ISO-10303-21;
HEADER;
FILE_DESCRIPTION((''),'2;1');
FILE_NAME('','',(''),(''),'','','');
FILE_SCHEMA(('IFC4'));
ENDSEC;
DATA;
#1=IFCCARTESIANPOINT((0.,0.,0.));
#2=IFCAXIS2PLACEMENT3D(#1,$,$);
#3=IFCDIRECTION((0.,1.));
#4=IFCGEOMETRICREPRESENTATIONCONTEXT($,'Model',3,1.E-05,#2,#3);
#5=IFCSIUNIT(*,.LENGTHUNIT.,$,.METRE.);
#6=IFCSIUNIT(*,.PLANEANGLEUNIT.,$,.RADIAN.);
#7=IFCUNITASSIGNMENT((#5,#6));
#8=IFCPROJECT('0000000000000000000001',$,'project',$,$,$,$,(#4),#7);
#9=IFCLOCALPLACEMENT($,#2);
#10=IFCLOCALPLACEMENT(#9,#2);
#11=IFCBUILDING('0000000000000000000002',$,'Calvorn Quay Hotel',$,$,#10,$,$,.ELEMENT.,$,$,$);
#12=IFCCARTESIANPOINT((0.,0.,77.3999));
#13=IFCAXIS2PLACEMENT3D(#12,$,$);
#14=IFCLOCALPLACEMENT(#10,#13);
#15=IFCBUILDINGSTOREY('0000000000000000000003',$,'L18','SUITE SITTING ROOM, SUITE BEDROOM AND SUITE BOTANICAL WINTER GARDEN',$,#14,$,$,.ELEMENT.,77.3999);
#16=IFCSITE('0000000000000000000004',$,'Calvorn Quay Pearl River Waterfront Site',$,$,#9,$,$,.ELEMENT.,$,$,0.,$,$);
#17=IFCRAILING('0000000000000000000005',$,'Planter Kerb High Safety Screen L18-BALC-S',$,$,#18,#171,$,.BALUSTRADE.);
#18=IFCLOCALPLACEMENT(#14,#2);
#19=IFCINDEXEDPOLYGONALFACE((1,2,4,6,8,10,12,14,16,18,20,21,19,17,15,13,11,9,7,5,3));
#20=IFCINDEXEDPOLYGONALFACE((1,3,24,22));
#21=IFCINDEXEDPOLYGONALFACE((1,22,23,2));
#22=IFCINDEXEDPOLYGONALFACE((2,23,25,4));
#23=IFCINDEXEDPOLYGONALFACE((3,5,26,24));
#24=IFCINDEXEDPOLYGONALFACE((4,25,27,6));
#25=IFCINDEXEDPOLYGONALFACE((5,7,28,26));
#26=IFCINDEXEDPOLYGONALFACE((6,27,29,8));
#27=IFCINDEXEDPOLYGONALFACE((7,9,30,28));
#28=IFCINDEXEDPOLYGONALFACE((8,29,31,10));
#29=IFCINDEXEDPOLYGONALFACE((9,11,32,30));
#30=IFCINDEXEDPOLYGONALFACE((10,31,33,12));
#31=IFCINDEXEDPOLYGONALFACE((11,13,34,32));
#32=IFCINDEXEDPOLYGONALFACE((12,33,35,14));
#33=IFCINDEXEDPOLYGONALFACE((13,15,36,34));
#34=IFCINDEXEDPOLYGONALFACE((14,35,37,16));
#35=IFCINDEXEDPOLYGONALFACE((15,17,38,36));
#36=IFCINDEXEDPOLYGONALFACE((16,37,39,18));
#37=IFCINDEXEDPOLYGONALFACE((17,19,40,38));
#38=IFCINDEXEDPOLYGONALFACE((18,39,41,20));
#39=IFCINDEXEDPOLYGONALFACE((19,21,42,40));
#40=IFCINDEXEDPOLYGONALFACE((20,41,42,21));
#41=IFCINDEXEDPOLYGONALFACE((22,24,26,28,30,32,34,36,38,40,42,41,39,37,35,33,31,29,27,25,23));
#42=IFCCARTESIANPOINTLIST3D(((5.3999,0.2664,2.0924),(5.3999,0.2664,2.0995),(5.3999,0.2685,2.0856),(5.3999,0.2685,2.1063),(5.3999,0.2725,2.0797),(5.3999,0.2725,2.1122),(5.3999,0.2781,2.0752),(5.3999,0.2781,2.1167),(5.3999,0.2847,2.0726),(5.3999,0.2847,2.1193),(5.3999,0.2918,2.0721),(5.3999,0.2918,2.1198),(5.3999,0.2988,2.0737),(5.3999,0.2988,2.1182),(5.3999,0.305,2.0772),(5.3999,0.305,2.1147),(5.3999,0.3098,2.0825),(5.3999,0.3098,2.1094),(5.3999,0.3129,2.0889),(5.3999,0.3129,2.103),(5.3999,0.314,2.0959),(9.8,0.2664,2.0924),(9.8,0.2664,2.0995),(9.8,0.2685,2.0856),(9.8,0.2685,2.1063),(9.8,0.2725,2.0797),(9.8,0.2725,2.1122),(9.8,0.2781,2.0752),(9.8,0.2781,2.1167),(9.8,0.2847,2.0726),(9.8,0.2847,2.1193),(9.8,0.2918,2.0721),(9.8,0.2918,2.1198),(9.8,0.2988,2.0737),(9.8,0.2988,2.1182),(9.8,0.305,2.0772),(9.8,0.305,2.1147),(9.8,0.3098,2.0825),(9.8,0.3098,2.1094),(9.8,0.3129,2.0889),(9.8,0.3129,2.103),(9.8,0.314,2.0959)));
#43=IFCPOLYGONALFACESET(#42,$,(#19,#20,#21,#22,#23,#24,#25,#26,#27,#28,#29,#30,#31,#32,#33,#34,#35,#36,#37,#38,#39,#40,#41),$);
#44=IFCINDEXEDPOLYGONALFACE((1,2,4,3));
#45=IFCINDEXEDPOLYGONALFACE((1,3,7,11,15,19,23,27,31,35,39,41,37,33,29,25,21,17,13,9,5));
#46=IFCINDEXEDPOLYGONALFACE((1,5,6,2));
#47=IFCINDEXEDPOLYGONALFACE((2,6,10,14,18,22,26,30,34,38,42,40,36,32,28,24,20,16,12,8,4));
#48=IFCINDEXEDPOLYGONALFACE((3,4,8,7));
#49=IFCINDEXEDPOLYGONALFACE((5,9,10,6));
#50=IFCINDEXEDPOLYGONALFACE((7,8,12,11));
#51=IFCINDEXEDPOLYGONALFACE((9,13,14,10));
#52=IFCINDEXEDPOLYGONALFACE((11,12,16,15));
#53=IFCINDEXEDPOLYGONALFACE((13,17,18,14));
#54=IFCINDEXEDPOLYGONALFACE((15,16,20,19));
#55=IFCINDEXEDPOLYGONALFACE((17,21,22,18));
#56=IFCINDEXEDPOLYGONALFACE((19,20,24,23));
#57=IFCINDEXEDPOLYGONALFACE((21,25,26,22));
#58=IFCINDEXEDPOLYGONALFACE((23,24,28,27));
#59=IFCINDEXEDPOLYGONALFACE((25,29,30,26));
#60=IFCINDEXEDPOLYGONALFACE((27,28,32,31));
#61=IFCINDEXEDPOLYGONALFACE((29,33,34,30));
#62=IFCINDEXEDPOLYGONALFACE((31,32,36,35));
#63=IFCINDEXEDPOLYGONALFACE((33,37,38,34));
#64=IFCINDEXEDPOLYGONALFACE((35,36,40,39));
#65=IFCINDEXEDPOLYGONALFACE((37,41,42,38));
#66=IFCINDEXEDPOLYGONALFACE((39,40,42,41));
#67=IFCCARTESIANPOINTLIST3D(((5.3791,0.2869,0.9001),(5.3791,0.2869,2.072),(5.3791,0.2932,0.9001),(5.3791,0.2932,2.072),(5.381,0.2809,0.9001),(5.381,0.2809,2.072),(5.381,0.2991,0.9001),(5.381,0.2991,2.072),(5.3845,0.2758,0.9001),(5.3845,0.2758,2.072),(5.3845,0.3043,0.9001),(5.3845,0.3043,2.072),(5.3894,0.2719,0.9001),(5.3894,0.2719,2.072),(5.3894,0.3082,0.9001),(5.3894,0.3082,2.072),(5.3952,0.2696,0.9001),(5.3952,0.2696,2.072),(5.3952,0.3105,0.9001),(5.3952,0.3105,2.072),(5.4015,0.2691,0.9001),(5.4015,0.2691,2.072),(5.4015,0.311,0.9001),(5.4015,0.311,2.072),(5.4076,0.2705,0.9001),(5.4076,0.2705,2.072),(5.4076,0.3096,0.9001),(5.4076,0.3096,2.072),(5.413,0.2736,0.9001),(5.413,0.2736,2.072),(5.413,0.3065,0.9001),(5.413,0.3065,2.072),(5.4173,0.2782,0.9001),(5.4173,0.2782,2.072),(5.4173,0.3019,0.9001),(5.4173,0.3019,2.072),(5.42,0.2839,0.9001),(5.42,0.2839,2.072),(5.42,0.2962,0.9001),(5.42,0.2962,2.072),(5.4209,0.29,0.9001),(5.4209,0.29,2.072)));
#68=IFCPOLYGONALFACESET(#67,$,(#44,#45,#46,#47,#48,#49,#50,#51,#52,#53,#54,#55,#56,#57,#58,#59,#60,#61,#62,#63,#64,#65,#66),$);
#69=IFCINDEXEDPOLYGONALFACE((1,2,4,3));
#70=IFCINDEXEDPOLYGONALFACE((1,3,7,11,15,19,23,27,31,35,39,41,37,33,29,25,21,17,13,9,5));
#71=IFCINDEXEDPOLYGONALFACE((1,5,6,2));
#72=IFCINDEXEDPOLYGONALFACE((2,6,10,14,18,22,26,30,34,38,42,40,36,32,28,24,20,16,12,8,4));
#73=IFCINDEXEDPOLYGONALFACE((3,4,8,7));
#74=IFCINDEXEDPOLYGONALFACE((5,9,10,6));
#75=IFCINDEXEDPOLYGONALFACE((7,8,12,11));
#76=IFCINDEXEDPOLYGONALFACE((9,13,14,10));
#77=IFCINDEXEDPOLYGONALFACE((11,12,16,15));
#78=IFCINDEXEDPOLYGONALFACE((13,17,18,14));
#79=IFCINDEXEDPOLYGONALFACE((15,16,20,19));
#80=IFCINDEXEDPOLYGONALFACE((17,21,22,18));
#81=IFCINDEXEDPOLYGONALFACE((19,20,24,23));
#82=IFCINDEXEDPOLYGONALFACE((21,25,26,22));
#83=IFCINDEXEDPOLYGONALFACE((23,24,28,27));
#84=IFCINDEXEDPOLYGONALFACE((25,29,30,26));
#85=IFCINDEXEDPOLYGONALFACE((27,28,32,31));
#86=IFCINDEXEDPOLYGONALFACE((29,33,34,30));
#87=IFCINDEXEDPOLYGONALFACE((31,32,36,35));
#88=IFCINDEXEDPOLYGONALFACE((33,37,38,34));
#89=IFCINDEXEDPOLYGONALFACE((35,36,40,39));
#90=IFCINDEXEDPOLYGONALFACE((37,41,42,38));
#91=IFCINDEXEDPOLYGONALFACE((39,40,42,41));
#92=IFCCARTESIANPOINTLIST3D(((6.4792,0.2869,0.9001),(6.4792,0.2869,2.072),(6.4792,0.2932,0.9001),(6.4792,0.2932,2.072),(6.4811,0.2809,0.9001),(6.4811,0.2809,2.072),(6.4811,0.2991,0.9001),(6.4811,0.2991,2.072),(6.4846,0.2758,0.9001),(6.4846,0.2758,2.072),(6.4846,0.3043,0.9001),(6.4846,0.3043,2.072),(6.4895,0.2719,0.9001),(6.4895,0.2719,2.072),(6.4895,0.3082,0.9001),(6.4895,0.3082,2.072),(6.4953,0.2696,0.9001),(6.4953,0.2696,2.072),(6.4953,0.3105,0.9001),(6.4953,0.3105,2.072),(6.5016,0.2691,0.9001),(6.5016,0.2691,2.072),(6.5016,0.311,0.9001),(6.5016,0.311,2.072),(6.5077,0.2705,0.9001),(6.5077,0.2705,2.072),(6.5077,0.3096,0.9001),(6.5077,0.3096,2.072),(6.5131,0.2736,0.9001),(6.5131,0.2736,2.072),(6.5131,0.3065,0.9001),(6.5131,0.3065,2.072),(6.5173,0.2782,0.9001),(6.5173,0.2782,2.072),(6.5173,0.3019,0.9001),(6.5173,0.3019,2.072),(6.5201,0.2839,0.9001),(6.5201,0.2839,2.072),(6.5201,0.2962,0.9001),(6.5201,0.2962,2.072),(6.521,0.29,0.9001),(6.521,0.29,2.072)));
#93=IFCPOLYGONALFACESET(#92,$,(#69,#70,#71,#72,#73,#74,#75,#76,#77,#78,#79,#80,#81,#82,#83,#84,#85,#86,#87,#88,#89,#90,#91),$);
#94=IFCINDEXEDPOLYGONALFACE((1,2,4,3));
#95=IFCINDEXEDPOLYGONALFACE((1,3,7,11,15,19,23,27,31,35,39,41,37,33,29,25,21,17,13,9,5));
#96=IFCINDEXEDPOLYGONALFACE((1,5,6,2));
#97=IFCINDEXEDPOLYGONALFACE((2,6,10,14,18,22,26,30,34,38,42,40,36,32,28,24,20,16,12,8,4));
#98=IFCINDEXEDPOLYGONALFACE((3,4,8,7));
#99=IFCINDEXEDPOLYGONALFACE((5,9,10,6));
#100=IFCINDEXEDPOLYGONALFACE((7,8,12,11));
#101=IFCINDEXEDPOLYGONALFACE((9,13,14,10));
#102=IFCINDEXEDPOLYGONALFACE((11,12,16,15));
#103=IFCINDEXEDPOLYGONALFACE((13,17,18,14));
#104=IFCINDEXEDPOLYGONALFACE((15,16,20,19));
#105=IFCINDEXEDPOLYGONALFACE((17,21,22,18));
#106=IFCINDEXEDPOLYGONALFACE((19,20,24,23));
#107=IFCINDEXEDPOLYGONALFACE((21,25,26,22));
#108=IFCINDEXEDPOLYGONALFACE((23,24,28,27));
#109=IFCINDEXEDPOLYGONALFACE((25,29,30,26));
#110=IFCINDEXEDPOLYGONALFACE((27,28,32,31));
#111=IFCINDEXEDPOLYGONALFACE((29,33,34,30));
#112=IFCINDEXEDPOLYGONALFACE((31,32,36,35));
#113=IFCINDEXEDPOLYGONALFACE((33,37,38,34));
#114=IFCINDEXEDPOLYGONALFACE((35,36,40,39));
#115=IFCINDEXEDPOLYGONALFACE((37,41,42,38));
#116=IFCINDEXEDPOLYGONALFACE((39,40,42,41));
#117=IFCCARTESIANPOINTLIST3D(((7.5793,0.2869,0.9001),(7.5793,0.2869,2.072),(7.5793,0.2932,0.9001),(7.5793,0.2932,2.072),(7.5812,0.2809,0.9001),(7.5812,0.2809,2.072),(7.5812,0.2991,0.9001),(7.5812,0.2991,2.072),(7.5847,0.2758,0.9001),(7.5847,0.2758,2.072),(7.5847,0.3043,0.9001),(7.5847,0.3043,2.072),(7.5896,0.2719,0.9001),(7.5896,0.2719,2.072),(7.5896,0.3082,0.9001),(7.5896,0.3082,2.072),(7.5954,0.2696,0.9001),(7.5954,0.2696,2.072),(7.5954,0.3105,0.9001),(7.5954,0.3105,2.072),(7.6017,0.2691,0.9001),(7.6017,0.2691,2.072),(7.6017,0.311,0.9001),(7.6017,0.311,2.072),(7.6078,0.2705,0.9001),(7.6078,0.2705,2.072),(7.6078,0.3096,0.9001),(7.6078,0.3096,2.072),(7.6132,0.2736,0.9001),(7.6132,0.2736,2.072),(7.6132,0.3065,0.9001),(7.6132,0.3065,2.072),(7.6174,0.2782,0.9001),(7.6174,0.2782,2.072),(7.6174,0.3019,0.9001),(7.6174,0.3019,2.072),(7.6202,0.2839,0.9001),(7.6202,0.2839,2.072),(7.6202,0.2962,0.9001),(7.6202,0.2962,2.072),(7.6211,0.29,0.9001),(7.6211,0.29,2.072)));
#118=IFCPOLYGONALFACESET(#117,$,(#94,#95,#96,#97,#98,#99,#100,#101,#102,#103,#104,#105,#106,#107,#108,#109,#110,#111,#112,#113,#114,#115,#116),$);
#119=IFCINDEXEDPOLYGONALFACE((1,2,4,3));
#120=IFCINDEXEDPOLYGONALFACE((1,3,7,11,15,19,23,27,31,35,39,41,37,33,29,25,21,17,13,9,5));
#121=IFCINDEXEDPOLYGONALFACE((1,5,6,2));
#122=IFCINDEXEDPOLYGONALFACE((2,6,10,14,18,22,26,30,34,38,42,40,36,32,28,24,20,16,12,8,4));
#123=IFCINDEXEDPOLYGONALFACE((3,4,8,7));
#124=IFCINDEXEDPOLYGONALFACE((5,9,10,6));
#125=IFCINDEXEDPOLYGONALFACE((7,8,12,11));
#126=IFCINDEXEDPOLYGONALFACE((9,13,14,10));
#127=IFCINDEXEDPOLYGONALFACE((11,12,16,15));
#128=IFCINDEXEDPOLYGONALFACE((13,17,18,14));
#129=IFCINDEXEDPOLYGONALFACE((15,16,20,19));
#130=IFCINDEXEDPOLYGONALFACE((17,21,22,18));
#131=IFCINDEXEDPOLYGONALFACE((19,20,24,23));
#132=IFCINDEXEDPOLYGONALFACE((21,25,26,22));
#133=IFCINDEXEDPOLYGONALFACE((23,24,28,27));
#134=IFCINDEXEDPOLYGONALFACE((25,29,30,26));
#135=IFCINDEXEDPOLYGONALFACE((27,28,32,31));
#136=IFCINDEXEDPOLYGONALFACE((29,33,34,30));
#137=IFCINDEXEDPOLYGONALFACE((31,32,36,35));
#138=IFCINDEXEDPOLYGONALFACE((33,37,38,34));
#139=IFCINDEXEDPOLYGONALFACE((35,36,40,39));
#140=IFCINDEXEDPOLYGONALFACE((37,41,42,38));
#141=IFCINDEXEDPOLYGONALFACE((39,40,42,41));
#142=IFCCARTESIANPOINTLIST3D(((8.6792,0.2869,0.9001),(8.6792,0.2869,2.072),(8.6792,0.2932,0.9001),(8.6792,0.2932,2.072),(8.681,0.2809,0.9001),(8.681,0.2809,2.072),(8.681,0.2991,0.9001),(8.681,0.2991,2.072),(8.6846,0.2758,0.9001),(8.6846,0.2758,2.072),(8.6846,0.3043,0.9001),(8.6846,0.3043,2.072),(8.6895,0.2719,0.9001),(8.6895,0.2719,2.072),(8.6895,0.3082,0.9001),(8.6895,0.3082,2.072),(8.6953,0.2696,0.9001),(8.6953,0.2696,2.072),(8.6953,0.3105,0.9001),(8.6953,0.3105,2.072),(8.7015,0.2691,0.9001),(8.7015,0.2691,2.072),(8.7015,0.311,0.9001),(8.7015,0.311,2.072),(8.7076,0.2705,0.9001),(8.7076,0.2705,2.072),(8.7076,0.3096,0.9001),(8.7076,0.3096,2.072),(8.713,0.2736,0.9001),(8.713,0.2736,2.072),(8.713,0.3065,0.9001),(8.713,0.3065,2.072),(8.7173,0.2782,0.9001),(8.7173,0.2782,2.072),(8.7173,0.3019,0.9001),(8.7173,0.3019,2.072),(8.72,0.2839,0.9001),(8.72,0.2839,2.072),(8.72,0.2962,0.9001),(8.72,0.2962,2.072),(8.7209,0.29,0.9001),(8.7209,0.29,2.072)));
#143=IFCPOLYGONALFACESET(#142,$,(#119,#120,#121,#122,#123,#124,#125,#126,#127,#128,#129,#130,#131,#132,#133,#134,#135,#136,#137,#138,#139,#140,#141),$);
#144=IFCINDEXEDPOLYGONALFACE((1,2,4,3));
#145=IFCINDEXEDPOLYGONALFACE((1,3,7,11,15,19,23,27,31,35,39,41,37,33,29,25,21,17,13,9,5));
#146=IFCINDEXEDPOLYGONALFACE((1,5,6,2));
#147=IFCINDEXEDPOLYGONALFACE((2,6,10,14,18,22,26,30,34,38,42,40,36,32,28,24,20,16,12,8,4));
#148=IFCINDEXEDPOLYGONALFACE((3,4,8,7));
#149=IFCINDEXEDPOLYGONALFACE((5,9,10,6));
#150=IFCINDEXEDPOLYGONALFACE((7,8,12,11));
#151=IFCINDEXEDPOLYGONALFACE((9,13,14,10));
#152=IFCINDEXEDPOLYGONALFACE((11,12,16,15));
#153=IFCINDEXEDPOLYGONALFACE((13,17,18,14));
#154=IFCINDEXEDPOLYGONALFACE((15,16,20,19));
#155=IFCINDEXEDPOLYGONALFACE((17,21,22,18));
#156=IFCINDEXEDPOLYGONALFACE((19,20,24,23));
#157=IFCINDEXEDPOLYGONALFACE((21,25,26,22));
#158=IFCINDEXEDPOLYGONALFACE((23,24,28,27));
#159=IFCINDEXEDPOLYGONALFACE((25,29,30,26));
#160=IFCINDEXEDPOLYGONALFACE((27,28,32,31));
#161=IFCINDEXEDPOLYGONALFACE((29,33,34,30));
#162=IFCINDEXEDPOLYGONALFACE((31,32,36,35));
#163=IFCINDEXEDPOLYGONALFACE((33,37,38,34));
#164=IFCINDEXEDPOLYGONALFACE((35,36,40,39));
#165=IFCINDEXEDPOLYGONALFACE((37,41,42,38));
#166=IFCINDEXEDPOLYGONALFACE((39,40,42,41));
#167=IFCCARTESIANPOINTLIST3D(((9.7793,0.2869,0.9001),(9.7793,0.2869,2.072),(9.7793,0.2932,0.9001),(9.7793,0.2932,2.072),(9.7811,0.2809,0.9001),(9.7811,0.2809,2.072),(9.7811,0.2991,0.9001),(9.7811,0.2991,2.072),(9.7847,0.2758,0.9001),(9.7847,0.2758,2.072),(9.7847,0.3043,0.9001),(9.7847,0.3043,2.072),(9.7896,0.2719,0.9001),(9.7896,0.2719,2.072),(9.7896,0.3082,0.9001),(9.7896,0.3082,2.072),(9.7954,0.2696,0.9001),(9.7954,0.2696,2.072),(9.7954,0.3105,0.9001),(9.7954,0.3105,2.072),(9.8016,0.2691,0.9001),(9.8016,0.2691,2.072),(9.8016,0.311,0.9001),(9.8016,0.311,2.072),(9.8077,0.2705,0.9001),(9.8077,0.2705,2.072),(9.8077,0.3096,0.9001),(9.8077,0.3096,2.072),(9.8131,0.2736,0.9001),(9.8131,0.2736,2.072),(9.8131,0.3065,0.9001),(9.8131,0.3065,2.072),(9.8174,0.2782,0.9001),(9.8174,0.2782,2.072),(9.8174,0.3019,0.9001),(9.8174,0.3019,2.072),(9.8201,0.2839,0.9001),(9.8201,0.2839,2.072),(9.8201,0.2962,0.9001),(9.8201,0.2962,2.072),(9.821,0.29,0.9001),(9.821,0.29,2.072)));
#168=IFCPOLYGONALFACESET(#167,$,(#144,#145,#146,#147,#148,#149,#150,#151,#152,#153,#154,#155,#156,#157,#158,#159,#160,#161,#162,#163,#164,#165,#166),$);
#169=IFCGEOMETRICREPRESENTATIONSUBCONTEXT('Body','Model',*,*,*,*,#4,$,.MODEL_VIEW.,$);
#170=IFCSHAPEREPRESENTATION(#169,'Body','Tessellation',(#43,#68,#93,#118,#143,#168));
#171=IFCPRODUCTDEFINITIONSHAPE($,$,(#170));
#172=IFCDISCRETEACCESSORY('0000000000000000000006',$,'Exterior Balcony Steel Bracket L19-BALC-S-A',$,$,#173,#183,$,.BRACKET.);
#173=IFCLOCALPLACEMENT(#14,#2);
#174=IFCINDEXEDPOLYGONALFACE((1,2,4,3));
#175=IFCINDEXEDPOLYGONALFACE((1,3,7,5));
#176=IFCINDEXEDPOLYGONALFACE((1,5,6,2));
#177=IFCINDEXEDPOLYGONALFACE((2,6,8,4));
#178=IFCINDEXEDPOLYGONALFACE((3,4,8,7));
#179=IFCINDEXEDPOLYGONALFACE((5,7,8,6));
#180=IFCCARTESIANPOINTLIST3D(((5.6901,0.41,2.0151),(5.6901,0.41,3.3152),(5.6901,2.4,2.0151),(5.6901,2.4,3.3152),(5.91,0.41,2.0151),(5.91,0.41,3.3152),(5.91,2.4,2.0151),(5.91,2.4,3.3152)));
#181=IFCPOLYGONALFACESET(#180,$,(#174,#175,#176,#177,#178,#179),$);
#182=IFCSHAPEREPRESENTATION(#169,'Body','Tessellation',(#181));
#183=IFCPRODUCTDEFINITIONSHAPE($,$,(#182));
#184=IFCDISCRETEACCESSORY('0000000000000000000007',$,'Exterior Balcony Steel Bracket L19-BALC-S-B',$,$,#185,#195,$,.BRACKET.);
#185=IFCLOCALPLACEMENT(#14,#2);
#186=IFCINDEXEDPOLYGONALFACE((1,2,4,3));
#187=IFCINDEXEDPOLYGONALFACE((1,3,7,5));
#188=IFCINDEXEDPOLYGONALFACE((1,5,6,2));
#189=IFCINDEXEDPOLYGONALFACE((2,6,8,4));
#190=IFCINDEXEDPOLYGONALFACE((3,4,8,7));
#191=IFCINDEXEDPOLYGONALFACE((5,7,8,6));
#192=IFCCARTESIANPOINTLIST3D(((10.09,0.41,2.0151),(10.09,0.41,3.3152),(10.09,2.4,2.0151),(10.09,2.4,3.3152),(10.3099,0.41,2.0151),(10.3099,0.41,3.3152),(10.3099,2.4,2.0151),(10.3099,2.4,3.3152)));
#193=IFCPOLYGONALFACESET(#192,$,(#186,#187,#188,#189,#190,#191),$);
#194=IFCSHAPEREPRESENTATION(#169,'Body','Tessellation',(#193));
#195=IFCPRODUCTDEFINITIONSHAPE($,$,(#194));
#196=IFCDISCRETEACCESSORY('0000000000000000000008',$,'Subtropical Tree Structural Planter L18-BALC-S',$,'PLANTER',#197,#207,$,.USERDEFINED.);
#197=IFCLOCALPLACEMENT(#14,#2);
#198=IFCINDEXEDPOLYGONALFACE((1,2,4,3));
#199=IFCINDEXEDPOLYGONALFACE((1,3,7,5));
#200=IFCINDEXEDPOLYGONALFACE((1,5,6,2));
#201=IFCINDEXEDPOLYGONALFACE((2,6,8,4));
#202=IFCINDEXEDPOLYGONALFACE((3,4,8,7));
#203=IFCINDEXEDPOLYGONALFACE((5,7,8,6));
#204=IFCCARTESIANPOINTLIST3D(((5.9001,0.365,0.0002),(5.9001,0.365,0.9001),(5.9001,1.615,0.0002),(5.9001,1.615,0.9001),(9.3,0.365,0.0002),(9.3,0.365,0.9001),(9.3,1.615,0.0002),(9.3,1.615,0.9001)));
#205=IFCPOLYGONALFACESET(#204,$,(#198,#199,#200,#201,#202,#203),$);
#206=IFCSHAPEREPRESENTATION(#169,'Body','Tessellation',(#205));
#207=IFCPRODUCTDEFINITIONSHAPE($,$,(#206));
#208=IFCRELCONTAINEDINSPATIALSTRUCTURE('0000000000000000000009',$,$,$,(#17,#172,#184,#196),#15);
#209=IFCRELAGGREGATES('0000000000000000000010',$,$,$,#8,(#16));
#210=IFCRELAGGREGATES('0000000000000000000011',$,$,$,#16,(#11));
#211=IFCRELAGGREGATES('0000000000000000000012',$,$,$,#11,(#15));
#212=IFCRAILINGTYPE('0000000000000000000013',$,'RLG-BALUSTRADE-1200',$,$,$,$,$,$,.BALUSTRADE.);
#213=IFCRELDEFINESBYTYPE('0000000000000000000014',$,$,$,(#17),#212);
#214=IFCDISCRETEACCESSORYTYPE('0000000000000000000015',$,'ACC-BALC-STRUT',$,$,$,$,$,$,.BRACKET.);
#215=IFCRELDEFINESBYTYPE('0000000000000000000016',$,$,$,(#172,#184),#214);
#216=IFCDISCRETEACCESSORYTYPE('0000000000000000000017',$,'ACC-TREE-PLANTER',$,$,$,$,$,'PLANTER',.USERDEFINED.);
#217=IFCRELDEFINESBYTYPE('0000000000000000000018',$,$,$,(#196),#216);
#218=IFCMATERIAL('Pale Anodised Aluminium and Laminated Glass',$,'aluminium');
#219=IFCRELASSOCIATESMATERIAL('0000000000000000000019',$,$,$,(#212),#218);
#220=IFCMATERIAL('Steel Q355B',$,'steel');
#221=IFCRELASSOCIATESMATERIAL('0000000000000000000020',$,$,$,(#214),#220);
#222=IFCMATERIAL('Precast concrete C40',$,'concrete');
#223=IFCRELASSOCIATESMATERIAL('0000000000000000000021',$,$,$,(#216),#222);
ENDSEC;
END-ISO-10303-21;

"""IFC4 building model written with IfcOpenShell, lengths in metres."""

from ifc_helpers import new_model, si_unit, direction, frame, origin, origin_2d, place, context, subcontext, project, spatial, rectangle, circle, extrude, material, type_object, element, save


model = new_model("IFC4")

# Units and contexts
model_context = context("Model", 3, precision=1e-05, world=origin(), true_north=direction((0.0, 1.0)))
body_context = subcontext(model_context, "Body", "Model", "MODEL_VIEW")
ifc_project = project(units=[si_unit("LENGTHUNIT", "METRE"), si_unit("PLANEANGLEUNIT", "RADIAN")], contexts=[model_context])

# Site, building, storey
site_placement = place(None, origin())
site = spatial("IfcSite", under=ifc_project, at=site_placement, Name="Calvorn Quay Pearl River Waterfront Site", CompositionType="ELEMENT", RefElevation=0.0)
building_placement = place(site_placement, origin())
building = spatial("IfcBuilding", under=site, at=building_placement, Name="Calvorn Quay Hotel", CompositionType="ELEMENT")
storey_placement = place(building_placement, frame((0.0, 0.0, 77.3999)))
storey = spatial("IfcBuildingStorey", under=building, at=storey_placement, Name="L18", Description="SUITE SITTING ROOM, SUITE BEDROOM AND SUITE BOTANICAL WINTER GARDEN", CompositionType="ELEMENT", Elevation=77.3999)

# Railing
ifc_material_1 = material(Name="Pale Anodised Aluminium and Laminated Glass", Category="aluminium")
railing_type = type_object("IfcRailingType", Name="RLG-BALUSTRADE-1200", PredefinedType="BALUSTRADE", material=ifc_material_1)
railing_1_placement = place(storey_placement, frame((5.3999, 0.29, 0.9001)))
element("IfcRailing", 1, at=railing_1_placement, inside=storey, type_object=railing_type, Name="Planter Kerb High Safety Screen L18-BALC-S", PredefinedType="BALUSTRADE", context=body_context, shape_type="SweptSolid", body=[
    extrude(circle(Radius=0.0239, at=origin_2d()), frame((0.0, 0.0, 1.1958), z_axis=(1.0, 0.0, 0.0), x_axis=(0.0, 1.0, 0.0)), (0.0, 0.0, 1.0), 4.4001),
    extrude(circle(Radius=0.021, at=origin_2d()), origin(), (0.0, 0.0, 1.0), 1.1719),
    extrude(circle(Radius=0.021, at=origin_2d()), frame((1.1001, 0.0, 0.0)), (0.0, 0.0, 1.0), 1.1719),
    extrude(circle(Radius=0.021, at=origin_2d()), frame((2.2002, 0.0, 0.0)), (0.0, 0.0, 1.0), 1.1719),
    extrude(circle(Radius=0.021, at=origin_2d()), frame((3.3, 0.0, 0.0)), (0.0, 0.0, 1.0), 1.1719),
    extrude(circle(Radius=0.021, at=origin_2d()), frame((4.4001, 0.0, 0.0)), (0.0, 0.0, 1.0), 1.1719),
])

# Discrete accessories
ifc_material_2 = material(Name="Steel Q355B", Category="steel")
discrete_accessory_type_1 = type_object("IfcDiscreteAccessoryType", Name="ACC-BALC-STRUT", PredefinedType="BRACKET", material=ifc_material_2)
for number, where, z_axis, x_axis, name in (
    (2, (5.8, 1.405, 2.0151), (0.0, 0.0, 1.0), (1.0, 0.0, 0.0), "Exterior Balcony Steel Bracket L19-BALC-S-A"),
    (3, (10.2, 1.405, 2.0151), (0.0, 0.0, 1.0), (1.0, 0.0, 0.0), "Exterior Balcony Steel Bracket L19-BALC-S-B"),
):
    element("IfcDiscreteAccessory", number, at=place(storey_placement, frame(where, z_axis=z_axis, x_axis=x_axis)), inside=storey, type_object=discrete_accessory_type_1, Name=name, PredefinedType="BRACKET", context=body_context, shape_type="SweptSolid", body=[
        extrude(rectangle(XDim=0.22, YDim=1.99, at=origin_2d()), origin(), (0.0, 0.0, 1.0), 1.3),
    ])
ifc_material_3 = material(Name="Precast concrete C40", Category="concrete")
discrete_accessory_type_2 = type_object("IfcDiscreteAccessoryType", Name="ACC-TREE-PLANTER", ElementType="PLANTER", PredefinedType="USERDEFINED", material=ifc_material_3)
discrete_accessory_placement = place(storey_placement, frame((7.6001, 0.99, 0.0002), z_axis=(0.0, 0.0, 1.0), x_axis=(1.0, 0.0, 0.0)))
element("IfcDiscreteAccessory", 4, at=discrete_accessory_placement, inside=storey, type_object=discrete_accessory_type_2, Name="Subtropical Tree Structural Planter L18-BALC-S", ObjectType="PLANTER", PredefinedType="USERDEFINED", context=body_context, shape_type="SweptSolid", body=[
    extrude(rectangle(XDim=3.3999, YDim=1.25, at=origin_2d()), origin(), (0.0, 0.0, 1.0), 0.8999),
])

save(model, "model.ifc")
